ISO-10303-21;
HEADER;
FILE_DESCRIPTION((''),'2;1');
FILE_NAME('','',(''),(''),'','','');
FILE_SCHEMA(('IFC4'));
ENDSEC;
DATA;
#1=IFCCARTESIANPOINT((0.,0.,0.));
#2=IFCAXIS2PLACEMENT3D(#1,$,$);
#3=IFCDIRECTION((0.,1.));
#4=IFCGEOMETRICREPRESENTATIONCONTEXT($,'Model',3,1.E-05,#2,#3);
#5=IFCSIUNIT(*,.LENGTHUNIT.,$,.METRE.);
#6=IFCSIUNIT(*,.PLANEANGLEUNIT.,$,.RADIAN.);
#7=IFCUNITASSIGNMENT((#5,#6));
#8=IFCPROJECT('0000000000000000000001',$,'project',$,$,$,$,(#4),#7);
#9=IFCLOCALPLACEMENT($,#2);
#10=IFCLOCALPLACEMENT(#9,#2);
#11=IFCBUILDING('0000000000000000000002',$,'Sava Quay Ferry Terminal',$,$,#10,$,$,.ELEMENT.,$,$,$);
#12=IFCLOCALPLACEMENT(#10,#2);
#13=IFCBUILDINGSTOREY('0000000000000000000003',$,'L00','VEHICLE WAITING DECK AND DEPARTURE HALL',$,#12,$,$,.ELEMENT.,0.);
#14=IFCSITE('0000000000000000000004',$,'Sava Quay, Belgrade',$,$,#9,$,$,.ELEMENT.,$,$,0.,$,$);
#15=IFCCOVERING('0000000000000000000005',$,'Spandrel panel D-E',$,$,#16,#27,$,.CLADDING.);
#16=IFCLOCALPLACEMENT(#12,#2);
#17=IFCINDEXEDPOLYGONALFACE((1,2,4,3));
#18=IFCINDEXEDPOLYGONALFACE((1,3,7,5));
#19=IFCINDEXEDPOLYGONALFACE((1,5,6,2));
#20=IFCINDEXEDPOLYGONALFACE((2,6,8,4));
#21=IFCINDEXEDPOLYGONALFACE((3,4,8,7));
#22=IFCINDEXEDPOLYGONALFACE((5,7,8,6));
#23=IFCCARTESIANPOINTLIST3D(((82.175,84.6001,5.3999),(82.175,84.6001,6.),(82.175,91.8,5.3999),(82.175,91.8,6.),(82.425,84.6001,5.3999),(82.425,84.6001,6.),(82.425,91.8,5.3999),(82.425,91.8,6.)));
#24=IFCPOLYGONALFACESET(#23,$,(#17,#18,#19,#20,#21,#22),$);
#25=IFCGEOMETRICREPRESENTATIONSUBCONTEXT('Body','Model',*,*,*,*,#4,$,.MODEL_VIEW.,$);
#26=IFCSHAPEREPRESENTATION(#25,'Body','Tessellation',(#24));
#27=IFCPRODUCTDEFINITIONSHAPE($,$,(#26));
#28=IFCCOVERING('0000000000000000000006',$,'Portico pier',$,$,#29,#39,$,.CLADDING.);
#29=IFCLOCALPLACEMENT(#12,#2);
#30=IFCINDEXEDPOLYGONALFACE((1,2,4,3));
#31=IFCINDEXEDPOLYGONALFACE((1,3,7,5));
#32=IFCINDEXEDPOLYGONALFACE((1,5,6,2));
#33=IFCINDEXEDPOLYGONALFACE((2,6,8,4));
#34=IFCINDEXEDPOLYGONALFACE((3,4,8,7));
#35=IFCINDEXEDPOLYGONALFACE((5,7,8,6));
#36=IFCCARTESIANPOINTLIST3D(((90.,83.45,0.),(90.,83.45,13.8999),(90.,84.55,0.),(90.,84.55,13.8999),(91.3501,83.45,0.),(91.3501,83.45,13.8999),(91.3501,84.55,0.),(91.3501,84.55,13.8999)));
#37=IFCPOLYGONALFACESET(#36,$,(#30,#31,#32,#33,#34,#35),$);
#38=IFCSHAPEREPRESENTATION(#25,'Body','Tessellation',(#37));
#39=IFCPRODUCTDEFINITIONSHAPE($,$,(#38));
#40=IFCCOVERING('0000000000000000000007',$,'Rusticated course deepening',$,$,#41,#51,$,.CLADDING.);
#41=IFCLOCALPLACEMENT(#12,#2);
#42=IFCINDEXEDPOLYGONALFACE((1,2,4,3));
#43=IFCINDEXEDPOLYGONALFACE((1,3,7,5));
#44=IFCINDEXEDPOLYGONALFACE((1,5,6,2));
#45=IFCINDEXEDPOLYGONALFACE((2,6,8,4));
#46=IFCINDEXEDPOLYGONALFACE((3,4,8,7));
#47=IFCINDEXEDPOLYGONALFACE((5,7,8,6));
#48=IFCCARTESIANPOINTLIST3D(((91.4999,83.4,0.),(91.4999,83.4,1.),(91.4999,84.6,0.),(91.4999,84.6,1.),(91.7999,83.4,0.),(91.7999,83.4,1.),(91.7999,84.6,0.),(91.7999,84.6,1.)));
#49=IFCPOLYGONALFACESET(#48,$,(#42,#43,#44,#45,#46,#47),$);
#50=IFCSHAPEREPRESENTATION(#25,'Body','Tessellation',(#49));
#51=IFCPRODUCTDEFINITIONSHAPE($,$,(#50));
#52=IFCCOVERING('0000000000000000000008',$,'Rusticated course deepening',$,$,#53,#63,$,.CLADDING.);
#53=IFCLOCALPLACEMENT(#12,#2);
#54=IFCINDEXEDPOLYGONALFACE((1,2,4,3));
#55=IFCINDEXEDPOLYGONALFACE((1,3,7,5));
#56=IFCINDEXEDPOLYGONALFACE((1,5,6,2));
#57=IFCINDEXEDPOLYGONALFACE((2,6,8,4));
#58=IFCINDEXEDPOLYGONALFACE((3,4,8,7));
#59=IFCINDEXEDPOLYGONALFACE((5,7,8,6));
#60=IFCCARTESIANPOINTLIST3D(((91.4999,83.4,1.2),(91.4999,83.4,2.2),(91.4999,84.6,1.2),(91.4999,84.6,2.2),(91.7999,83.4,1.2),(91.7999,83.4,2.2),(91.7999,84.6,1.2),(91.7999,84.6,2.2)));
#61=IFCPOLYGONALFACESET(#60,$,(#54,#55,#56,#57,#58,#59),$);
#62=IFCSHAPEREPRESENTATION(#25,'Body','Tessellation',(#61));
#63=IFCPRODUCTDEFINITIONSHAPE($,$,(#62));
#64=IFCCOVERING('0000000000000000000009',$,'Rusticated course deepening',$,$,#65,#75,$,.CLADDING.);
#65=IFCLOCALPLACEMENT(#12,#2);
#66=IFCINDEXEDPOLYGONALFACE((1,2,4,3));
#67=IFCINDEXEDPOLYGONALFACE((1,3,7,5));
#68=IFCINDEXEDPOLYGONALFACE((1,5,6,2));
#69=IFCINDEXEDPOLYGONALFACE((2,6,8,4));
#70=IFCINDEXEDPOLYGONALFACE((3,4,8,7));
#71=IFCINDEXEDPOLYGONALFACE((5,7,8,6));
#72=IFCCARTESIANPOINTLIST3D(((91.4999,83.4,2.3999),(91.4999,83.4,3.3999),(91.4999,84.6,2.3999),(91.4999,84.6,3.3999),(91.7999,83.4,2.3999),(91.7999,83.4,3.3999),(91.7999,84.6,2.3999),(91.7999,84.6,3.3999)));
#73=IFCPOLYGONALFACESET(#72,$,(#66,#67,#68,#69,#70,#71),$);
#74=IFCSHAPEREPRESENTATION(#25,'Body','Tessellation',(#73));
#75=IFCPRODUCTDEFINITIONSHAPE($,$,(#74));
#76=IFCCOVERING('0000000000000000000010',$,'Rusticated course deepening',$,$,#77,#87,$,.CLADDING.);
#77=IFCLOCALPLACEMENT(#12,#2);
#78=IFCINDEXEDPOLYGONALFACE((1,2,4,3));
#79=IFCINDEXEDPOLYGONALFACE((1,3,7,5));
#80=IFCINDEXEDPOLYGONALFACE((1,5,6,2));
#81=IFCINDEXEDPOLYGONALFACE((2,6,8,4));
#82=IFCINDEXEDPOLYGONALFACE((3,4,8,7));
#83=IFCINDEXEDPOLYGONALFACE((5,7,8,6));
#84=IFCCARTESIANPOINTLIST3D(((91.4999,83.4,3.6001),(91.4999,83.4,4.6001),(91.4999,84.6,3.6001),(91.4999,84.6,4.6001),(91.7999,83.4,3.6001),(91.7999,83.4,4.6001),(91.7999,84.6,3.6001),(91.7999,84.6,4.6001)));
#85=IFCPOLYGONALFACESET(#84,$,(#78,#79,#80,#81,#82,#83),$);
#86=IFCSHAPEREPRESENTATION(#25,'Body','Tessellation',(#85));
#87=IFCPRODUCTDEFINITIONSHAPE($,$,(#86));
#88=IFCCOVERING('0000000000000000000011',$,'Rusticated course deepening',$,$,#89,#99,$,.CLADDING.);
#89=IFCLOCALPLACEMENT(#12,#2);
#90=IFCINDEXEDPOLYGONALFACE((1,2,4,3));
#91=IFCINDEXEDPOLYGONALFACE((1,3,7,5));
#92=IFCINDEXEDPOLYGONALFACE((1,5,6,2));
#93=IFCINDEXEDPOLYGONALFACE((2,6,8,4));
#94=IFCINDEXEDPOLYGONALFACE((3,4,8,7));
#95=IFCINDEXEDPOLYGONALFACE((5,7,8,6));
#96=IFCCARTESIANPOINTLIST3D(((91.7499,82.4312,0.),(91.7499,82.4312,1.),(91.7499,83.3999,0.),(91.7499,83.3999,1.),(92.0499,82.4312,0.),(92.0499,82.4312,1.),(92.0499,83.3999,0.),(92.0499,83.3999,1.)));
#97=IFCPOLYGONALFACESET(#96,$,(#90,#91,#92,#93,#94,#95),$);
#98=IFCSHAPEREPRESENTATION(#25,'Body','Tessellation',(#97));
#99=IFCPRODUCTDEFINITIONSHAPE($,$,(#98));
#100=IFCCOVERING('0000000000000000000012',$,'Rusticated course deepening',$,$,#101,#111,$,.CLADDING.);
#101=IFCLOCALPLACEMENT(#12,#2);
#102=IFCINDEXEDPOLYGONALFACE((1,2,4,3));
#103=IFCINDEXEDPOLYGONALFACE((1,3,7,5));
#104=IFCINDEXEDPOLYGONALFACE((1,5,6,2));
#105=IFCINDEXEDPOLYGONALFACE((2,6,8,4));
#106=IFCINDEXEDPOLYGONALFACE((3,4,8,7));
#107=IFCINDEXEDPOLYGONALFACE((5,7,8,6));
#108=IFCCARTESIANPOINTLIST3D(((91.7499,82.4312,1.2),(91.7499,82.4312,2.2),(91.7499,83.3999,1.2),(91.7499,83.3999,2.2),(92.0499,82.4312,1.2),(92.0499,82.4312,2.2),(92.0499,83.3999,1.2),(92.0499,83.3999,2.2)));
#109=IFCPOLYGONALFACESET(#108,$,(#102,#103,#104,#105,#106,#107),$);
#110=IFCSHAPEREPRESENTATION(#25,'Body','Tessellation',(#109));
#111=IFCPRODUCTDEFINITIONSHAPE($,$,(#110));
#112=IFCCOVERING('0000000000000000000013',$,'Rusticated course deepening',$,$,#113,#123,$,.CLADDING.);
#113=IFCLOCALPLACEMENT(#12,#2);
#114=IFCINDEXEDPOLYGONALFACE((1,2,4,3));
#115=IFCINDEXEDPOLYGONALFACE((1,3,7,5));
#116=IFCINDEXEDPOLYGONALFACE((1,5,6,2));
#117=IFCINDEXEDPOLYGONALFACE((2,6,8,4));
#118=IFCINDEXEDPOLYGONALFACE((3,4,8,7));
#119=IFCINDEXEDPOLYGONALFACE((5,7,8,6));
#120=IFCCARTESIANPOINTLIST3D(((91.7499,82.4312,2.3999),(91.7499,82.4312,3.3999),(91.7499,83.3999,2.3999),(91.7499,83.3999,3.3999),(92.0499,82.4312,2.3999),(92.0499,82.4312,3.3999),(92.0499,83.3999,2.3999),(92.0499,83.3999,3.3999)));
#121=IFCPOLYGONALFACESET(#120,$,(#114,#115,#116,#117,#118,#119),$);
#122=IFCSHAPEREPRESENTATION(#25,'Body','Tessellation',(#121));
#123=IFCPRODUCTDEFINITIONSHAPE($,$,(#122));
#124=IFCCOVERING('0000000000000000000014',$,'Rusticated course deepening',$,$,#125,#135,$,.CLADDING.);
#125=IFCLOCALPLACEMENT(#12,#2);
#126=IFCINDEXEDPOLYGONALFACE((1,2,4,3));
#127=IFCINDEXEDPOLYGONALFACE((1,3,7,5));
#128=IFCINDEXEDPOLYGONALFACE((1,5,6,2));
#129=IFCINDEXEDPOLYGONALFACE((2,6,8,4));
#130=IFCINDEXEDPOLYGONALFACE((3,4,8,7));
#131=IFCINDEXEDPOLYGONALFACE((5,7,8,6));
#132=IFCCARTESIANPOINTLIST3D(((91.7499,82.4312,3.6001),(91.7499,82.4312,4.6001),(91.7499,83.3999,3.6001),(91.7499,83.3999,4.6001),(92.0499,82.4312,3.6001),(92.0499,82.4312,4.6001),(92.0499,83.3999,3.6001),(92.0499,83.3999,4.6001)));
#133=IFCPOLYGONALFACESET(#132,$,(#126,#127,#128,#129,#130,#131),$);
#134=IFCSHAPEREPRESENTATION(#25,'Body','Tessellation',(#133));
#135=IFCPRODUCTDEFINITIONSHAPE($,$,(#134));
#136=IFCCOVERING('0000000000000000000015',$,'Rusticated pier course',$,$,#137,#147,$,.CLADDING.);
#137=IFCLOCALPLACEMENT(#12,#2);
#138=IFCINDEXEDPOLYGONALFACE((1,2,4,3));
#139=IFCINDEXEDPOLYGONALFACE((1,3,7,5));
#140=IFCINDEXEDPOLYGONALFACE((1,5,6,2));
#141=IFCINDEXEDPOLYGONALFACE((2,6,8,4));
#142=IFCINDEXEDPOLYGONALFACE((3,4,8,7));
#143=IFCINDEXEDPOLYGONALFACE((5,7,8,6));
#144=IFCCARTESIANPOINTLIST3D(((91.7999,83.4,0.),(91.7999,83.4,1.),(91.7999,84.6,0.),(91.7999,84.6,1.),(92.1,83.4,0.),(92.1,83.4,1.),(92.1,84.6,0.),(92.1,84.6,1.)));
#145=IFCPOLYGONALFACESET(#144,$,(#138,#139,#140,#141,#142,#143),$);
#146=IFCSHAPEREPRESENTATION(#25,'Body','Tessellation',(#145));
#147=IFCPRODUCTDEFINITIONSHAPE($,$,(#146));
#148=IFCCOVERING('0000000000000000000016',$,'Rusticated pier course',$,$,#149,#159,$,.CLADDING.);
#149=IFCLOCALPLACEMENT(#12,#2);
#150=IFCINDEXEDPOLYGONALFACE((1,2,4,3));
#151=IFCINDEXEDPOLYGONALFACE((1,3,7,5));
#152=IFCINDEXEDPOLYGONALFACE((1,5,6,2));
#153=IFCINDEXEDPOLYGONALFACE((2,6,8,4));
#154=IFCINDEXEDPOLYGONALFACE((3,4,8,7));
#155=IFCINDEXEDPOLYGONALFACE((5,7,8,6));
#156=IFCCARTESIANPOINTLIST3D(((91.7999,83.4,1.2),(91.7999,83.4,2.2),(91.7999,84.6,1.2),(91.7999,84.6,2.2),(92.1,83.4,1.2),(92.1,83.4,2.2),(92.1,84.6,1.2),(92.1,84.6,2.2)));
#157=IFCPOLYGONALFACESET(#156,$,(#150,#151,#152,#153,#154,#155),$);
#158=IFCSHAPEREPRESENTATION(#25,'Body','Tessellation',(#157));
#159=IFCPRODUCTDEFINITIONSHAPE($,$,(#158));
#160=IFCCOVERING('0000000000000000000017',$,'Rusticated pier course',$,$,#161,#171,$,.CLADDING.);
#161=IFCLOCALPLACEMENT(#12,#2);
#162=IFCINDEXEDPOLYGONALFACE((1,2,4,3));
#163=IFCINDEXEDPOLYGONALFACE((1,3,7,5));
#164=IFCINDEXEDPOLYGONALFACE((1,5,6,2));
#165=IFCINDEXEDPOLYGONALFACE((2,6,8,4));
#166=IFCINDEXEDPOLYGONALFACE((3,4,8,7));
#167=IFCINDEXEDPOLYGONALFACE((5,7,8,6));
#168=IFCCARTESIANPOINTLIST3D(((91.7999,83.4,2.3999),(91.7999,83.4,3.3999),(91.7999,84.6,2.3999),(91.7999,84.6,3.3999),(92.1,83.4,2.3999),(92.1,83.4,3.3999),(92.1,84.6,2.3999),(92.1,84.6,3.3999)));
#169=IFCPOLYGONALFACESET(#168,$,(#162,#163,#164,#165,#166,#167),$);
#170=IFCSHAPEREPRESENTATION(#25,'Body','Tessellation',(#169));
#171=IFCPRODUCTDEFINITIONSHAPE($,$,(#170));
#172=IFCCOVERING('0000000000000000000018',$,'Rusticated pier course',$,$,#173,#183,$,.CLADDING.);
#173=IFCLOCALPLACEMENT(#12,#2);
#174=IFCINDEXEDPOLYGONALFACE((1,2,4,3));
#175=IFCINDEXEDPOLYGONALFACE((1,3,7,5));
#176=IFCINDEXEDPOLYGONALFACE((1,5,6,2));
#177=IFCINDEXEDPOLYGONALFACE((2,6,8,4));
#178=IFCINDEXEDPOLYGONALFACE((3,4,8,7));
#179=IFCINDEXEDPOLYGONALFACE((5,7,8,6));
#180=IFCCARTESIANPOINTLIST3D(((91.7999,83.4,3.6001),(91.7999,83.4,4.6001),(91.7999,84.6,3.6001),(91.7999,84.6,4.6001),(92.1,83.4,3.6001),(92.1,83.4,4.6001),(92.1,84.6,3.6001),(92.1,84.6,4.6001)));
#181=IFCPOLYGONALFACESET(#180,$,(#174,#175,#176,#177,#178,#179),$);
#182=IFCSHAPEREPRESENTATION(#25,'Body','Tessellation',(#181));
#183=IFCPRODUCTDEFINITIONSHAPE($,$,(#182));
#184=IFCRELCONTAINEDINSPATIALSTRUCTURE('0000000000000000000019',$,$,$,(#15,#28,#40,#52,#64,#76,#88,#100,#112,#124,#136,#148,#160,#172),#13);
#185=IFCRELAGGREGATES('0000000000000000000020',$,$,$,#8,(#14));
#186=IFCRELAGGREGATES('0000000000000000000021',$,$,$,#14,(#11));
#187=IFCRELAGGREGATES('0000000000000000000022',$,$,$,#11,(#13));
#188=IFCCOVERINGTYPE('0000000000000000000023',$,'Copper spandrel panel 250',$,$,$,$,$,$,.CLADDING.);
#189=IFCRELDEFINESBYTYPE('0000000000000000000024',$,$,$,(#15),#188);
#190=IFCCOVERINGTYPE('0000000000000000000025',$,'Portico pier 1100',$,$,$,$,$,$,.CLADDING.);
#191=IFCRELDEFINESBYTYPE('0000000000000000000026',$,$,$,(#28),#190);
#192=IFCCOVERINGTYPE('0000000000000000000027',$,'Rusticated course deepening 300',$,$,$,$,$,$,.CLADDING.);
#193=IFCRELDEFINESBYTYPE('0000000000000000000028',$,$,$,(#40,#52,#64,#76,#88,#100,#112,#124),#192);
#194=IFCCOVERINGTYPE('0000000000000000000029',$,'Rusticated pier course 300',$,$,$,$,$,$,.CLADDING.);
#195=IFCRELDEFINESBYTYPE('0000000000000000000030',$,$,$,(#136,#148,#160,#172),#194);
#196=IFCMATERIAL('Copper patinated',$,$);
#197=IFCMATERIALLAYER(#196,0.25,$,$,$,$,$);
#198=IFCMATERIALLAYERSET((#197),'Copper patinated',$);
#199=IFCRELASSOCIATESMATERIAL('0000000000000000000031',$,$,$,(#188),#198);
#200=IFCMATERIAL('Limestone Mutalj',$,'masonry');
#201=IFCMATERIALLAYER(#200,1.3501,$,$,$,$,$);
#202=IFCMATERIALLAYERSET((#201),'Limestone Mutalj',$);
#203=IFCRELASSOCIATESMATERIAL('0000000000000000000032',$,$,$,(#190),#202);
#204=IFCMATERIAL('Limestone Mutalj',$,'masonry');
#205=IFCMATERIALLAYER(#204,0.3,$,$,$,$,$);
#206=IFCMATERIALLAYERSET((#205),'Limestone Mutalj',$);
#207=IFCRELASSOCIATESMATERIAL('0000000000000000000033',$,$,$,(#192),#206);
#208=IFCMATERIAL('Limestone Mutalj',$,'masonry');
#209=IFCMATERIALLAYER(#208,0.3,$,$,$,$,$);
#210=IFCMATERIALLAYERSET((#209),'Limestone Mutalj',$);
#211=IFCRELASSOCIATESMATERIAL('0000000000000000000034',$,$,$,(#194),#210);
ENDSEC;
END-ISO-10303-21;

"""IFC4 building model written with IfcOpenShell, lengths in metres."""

from ifc_helpers import new_model, si_unit, direction, frame, origin, origin_2d, place, context, subcontext, project, spatial, polyline, rectangle, outline, extrude, material, layer, layer_set, type_object, element, save


model = new_model("IFC4")

# Units and contexts
model_context = context("Model", 3, precision=1e-05, world=origin(), true_north=direction((0.0, 1.0)))
body_context = subcontext(model_context, "Body", "Model", "MODEL_VIEW")
ifc_project = project(units=[si_unit("LENGTHUNIT", "METRE"), si_unit("PLANEANGLEUNIT", "RADIAN")], contexts=[model_context])

# Site, building, storey
site_placement = place(None, origin())
site = spatial("IfcSite", under=ifc_project, at=site_placement, Name="Sava Quay, Belgrade", CompositionType="ELEMENT", RefElevation=0.0)
building_placement = place(site_placement, origin())
building = spatial("IfcBuilding", under=site, at=building_placement, Name="Sava Quay Ferry Terminal", CompositionType="ELEMENT")
storey_placement = place(building_placement, origin())
storey = spatial("IfcBuildingStorey", under=building, at=storey_placement, Name="L00", Description="VEHICLE WAITING DECK AND DEPARTURE HALL", CompositionType="ELEMENT", Elevation=0.0)

# Coverings
ifc_material_1 = material(Name="Copper patinated")
ifc_layer_1 = layer(ifc_material_1, 0.25)
ifc_layer_set_1 = layer_set([ifc_layer_1], Name="Copper patinated")
covering_type_1 = type_object("IfcCoveringType", Name="Copper spandrel panel 250", PredefinedType="CLADDING", material=ifc_layer_set_1)
covering_1_placement = place(storey_placement, frame((82.3, 84.6001, 5.3999), z_axis=(0.0, 0.0, 1.0), x_axis=(0.0, 1.0, 0.0)))
element("IfcCovering", 1, at=covering_1_placement, inside=storey, type_object=covering_type_1, Name="Spandrel panel D-E", PredefinedType="CLADDING", context=body_context, shape_type="SweptSolid", body=[
    extrude(outline(polyline([(0.0, 0.0), (7.2, 0.0), (7.2, 0.6001), (0.0, 0.6001), (0.0, 0.0)])), frame((0.0, 0.125, 0.0), z_axis=(0.0, -1.0, 0.0), x_axis=(1.0, 0.0, 0.0)), (0.0, 0.0, 1.0), 0.25),
])
ifc_material_2 = material(Name="Limestone Mutalj", Category="masonry")
ifc_layer_2 = layer(ifc_material_2, 1.3501)
ifc_layer_set_2 = layer_set([ifc_layer_2], Name="Limestone Mutalj")
covering_type_2 = type_object("IfcCoveringType", Name="Portico pier 1100", PredefinedType="CLADDING", material=ifc_layer_set_2)
covering_2_placement = place(storey_placement, frame((90.675, 84.0, 0.0), z_axis=(0.0, 0.0, 1.0), x_axis=(1.0, 0.0, 0.0)))
element("IfcCovering", 2, at=covering_2_placement, inside=storey, type_object=covering_type_2, Name="Portico pier", PredefinedType="CLADDING", context=body_context, shape_type="SweptSolid", body=[
    extrude(rectangle(XDim=1.3501, YDim=1.1001, at=origin_2d()), origin(), (0.0, 0.0, 1.0), 13.8999),
])
ifc_material_3 = material(Name="Limestone Mutalj", Category="masonry")
ifc_layer_3 = layer(ifc_material_3, 0.3)
ifc_layer_set_3 = layer_set([ifc_layer_3], Name="Limestone Mutalj")
covering_type_3 = type_object("IfcCoveringType", Name="Rusticated course deepening 300", PredefinedType="CLADDING", material=ifc_layer_set_3)
for number, where, z_axis, x_axis, name in (
    (3, (91.6499, 84.0, 0.0), (0.0, 0.0, 1.0), (1.0, 0.0, 0.0), "Rusticated course deepening"),
    (4, (91.6499, 84.0, 1.2), (0.0, 0.0, 1.0), (1.0, 0.0, 0.0), "Rusticated course deepening"),
    (5, (91.6499, 84.0, 2.3999), (0.0, 0.0, 1.0), (1.0, 0.0, 0.0), "Rusticated course deepening"),
    (6, (91.6499, 84.0, 3.6001), (0.0, 0.0, 1.0), (1.0, 0.0, 0.0), "Rusticated course deepening"),
):
    element("IfcCovering", number, at=place(storey_placement, frame(where, z_axis=z_axis, x_axis=x_axis)), inside=storey, type_object=covering_type_3, Name=name, PredefinedType="CLADDING", context=body_context, shape_type="SweptSolid", body=[
        extrude(rectangle(XDim=0.3, YDim=1.2, at=origin_2d()), origin(), (0.0, 0.0, 1.0), 1.0),
    ])
for number, where, z_axis, x_axis, name in (
    (7, (91.8999, 82.9155, 0.0), (0.0, 0.0, 1.0), (1.0, 0.0, 0.0), "Rusticated course deepening"),
    (8, (91.8999, 82.9155, 1.2), (0.0, 0.0, 1.0), (1.0, 0.0, 0.0), "Rusticated course deepening"),
    (9, (91.8999, 82.9155, 2.3999), (0.0, 0.0, 1.0), (1.0, 0.0, 0.0), "Rusticated course deepening"),
    (10, (91.8999, 82.9155, 3.6001), (0.0, 0.0, 1.0), (1.0, 0.0, 0.0), "Rusticated course deepening"),
):
    element("IfcCovering", number, at=place(storey_placement, frame(where, z_axis=z_axis, x_axis=x_axis)), inside=storey, type_object=covering_type_3, Name=name, PredefinedType="CLADDING", context=body_context, shape_type="SweptSolid", body=[
        extrude(rectangle(XDim=0.3, YDim=0.9688, at=origin_2d()), origin(), (0.0, 0.0, 1.0), 1.0),
    ])
ifc_material_4 = material(Name="Limestone Mutalj", Category="masonry")
ifc_layer_4 = layer(ifc_material_4, 0.3)
ifc_layer_set_4 = layer_set([ifc_layer_4], Name="Limestone Mutalj")
covering_type_4 = type_object("IfcCoveringType", Name="Rusticated pier course 300", PredefinedType="CLADDING", material=ifc_layer_set_4)
for number, where, z_axis, x_axis, name in (
    (11, (91.95, 84.0, 0.0), (0.0, 0.0, 1.0), (1.0, 0.0, 0.0), "Rusticated pier course"),
    (12, (91.95, 84.0, 1.2), (0.0, 0.0, 1.0), (1.0, 0.0, 0.0), "Rusticated pier course"),
    (13, (91.95, 84.0, 2.3999), (0.0, 0.0, 1.0), (1.0, 0.0, 0.0), "Rusticated pier course"),
    (14, (91.95, 84.0, 3.6001), (0.0, 0.0, 1.0), (1.0, 0.0, 0.0), "Rusticated pier course"),
):
    element("IfcCovering", number, at=place(storey_placement, frame(where, z_axis=z_axis, x_axis=x_axis)), inside=storey, type_object=covering_type_4, Name=name, PredefinedType="CLADDING", context=body_context, shape_type="SweptSolid", body=[
        extrude(rectangle(XDim=0.3, YDim=1.2, at=origin_2d()), origin(), (0.0, 0.0, 1.0), 1.0),
    ])

save(model, "model.ifc")
